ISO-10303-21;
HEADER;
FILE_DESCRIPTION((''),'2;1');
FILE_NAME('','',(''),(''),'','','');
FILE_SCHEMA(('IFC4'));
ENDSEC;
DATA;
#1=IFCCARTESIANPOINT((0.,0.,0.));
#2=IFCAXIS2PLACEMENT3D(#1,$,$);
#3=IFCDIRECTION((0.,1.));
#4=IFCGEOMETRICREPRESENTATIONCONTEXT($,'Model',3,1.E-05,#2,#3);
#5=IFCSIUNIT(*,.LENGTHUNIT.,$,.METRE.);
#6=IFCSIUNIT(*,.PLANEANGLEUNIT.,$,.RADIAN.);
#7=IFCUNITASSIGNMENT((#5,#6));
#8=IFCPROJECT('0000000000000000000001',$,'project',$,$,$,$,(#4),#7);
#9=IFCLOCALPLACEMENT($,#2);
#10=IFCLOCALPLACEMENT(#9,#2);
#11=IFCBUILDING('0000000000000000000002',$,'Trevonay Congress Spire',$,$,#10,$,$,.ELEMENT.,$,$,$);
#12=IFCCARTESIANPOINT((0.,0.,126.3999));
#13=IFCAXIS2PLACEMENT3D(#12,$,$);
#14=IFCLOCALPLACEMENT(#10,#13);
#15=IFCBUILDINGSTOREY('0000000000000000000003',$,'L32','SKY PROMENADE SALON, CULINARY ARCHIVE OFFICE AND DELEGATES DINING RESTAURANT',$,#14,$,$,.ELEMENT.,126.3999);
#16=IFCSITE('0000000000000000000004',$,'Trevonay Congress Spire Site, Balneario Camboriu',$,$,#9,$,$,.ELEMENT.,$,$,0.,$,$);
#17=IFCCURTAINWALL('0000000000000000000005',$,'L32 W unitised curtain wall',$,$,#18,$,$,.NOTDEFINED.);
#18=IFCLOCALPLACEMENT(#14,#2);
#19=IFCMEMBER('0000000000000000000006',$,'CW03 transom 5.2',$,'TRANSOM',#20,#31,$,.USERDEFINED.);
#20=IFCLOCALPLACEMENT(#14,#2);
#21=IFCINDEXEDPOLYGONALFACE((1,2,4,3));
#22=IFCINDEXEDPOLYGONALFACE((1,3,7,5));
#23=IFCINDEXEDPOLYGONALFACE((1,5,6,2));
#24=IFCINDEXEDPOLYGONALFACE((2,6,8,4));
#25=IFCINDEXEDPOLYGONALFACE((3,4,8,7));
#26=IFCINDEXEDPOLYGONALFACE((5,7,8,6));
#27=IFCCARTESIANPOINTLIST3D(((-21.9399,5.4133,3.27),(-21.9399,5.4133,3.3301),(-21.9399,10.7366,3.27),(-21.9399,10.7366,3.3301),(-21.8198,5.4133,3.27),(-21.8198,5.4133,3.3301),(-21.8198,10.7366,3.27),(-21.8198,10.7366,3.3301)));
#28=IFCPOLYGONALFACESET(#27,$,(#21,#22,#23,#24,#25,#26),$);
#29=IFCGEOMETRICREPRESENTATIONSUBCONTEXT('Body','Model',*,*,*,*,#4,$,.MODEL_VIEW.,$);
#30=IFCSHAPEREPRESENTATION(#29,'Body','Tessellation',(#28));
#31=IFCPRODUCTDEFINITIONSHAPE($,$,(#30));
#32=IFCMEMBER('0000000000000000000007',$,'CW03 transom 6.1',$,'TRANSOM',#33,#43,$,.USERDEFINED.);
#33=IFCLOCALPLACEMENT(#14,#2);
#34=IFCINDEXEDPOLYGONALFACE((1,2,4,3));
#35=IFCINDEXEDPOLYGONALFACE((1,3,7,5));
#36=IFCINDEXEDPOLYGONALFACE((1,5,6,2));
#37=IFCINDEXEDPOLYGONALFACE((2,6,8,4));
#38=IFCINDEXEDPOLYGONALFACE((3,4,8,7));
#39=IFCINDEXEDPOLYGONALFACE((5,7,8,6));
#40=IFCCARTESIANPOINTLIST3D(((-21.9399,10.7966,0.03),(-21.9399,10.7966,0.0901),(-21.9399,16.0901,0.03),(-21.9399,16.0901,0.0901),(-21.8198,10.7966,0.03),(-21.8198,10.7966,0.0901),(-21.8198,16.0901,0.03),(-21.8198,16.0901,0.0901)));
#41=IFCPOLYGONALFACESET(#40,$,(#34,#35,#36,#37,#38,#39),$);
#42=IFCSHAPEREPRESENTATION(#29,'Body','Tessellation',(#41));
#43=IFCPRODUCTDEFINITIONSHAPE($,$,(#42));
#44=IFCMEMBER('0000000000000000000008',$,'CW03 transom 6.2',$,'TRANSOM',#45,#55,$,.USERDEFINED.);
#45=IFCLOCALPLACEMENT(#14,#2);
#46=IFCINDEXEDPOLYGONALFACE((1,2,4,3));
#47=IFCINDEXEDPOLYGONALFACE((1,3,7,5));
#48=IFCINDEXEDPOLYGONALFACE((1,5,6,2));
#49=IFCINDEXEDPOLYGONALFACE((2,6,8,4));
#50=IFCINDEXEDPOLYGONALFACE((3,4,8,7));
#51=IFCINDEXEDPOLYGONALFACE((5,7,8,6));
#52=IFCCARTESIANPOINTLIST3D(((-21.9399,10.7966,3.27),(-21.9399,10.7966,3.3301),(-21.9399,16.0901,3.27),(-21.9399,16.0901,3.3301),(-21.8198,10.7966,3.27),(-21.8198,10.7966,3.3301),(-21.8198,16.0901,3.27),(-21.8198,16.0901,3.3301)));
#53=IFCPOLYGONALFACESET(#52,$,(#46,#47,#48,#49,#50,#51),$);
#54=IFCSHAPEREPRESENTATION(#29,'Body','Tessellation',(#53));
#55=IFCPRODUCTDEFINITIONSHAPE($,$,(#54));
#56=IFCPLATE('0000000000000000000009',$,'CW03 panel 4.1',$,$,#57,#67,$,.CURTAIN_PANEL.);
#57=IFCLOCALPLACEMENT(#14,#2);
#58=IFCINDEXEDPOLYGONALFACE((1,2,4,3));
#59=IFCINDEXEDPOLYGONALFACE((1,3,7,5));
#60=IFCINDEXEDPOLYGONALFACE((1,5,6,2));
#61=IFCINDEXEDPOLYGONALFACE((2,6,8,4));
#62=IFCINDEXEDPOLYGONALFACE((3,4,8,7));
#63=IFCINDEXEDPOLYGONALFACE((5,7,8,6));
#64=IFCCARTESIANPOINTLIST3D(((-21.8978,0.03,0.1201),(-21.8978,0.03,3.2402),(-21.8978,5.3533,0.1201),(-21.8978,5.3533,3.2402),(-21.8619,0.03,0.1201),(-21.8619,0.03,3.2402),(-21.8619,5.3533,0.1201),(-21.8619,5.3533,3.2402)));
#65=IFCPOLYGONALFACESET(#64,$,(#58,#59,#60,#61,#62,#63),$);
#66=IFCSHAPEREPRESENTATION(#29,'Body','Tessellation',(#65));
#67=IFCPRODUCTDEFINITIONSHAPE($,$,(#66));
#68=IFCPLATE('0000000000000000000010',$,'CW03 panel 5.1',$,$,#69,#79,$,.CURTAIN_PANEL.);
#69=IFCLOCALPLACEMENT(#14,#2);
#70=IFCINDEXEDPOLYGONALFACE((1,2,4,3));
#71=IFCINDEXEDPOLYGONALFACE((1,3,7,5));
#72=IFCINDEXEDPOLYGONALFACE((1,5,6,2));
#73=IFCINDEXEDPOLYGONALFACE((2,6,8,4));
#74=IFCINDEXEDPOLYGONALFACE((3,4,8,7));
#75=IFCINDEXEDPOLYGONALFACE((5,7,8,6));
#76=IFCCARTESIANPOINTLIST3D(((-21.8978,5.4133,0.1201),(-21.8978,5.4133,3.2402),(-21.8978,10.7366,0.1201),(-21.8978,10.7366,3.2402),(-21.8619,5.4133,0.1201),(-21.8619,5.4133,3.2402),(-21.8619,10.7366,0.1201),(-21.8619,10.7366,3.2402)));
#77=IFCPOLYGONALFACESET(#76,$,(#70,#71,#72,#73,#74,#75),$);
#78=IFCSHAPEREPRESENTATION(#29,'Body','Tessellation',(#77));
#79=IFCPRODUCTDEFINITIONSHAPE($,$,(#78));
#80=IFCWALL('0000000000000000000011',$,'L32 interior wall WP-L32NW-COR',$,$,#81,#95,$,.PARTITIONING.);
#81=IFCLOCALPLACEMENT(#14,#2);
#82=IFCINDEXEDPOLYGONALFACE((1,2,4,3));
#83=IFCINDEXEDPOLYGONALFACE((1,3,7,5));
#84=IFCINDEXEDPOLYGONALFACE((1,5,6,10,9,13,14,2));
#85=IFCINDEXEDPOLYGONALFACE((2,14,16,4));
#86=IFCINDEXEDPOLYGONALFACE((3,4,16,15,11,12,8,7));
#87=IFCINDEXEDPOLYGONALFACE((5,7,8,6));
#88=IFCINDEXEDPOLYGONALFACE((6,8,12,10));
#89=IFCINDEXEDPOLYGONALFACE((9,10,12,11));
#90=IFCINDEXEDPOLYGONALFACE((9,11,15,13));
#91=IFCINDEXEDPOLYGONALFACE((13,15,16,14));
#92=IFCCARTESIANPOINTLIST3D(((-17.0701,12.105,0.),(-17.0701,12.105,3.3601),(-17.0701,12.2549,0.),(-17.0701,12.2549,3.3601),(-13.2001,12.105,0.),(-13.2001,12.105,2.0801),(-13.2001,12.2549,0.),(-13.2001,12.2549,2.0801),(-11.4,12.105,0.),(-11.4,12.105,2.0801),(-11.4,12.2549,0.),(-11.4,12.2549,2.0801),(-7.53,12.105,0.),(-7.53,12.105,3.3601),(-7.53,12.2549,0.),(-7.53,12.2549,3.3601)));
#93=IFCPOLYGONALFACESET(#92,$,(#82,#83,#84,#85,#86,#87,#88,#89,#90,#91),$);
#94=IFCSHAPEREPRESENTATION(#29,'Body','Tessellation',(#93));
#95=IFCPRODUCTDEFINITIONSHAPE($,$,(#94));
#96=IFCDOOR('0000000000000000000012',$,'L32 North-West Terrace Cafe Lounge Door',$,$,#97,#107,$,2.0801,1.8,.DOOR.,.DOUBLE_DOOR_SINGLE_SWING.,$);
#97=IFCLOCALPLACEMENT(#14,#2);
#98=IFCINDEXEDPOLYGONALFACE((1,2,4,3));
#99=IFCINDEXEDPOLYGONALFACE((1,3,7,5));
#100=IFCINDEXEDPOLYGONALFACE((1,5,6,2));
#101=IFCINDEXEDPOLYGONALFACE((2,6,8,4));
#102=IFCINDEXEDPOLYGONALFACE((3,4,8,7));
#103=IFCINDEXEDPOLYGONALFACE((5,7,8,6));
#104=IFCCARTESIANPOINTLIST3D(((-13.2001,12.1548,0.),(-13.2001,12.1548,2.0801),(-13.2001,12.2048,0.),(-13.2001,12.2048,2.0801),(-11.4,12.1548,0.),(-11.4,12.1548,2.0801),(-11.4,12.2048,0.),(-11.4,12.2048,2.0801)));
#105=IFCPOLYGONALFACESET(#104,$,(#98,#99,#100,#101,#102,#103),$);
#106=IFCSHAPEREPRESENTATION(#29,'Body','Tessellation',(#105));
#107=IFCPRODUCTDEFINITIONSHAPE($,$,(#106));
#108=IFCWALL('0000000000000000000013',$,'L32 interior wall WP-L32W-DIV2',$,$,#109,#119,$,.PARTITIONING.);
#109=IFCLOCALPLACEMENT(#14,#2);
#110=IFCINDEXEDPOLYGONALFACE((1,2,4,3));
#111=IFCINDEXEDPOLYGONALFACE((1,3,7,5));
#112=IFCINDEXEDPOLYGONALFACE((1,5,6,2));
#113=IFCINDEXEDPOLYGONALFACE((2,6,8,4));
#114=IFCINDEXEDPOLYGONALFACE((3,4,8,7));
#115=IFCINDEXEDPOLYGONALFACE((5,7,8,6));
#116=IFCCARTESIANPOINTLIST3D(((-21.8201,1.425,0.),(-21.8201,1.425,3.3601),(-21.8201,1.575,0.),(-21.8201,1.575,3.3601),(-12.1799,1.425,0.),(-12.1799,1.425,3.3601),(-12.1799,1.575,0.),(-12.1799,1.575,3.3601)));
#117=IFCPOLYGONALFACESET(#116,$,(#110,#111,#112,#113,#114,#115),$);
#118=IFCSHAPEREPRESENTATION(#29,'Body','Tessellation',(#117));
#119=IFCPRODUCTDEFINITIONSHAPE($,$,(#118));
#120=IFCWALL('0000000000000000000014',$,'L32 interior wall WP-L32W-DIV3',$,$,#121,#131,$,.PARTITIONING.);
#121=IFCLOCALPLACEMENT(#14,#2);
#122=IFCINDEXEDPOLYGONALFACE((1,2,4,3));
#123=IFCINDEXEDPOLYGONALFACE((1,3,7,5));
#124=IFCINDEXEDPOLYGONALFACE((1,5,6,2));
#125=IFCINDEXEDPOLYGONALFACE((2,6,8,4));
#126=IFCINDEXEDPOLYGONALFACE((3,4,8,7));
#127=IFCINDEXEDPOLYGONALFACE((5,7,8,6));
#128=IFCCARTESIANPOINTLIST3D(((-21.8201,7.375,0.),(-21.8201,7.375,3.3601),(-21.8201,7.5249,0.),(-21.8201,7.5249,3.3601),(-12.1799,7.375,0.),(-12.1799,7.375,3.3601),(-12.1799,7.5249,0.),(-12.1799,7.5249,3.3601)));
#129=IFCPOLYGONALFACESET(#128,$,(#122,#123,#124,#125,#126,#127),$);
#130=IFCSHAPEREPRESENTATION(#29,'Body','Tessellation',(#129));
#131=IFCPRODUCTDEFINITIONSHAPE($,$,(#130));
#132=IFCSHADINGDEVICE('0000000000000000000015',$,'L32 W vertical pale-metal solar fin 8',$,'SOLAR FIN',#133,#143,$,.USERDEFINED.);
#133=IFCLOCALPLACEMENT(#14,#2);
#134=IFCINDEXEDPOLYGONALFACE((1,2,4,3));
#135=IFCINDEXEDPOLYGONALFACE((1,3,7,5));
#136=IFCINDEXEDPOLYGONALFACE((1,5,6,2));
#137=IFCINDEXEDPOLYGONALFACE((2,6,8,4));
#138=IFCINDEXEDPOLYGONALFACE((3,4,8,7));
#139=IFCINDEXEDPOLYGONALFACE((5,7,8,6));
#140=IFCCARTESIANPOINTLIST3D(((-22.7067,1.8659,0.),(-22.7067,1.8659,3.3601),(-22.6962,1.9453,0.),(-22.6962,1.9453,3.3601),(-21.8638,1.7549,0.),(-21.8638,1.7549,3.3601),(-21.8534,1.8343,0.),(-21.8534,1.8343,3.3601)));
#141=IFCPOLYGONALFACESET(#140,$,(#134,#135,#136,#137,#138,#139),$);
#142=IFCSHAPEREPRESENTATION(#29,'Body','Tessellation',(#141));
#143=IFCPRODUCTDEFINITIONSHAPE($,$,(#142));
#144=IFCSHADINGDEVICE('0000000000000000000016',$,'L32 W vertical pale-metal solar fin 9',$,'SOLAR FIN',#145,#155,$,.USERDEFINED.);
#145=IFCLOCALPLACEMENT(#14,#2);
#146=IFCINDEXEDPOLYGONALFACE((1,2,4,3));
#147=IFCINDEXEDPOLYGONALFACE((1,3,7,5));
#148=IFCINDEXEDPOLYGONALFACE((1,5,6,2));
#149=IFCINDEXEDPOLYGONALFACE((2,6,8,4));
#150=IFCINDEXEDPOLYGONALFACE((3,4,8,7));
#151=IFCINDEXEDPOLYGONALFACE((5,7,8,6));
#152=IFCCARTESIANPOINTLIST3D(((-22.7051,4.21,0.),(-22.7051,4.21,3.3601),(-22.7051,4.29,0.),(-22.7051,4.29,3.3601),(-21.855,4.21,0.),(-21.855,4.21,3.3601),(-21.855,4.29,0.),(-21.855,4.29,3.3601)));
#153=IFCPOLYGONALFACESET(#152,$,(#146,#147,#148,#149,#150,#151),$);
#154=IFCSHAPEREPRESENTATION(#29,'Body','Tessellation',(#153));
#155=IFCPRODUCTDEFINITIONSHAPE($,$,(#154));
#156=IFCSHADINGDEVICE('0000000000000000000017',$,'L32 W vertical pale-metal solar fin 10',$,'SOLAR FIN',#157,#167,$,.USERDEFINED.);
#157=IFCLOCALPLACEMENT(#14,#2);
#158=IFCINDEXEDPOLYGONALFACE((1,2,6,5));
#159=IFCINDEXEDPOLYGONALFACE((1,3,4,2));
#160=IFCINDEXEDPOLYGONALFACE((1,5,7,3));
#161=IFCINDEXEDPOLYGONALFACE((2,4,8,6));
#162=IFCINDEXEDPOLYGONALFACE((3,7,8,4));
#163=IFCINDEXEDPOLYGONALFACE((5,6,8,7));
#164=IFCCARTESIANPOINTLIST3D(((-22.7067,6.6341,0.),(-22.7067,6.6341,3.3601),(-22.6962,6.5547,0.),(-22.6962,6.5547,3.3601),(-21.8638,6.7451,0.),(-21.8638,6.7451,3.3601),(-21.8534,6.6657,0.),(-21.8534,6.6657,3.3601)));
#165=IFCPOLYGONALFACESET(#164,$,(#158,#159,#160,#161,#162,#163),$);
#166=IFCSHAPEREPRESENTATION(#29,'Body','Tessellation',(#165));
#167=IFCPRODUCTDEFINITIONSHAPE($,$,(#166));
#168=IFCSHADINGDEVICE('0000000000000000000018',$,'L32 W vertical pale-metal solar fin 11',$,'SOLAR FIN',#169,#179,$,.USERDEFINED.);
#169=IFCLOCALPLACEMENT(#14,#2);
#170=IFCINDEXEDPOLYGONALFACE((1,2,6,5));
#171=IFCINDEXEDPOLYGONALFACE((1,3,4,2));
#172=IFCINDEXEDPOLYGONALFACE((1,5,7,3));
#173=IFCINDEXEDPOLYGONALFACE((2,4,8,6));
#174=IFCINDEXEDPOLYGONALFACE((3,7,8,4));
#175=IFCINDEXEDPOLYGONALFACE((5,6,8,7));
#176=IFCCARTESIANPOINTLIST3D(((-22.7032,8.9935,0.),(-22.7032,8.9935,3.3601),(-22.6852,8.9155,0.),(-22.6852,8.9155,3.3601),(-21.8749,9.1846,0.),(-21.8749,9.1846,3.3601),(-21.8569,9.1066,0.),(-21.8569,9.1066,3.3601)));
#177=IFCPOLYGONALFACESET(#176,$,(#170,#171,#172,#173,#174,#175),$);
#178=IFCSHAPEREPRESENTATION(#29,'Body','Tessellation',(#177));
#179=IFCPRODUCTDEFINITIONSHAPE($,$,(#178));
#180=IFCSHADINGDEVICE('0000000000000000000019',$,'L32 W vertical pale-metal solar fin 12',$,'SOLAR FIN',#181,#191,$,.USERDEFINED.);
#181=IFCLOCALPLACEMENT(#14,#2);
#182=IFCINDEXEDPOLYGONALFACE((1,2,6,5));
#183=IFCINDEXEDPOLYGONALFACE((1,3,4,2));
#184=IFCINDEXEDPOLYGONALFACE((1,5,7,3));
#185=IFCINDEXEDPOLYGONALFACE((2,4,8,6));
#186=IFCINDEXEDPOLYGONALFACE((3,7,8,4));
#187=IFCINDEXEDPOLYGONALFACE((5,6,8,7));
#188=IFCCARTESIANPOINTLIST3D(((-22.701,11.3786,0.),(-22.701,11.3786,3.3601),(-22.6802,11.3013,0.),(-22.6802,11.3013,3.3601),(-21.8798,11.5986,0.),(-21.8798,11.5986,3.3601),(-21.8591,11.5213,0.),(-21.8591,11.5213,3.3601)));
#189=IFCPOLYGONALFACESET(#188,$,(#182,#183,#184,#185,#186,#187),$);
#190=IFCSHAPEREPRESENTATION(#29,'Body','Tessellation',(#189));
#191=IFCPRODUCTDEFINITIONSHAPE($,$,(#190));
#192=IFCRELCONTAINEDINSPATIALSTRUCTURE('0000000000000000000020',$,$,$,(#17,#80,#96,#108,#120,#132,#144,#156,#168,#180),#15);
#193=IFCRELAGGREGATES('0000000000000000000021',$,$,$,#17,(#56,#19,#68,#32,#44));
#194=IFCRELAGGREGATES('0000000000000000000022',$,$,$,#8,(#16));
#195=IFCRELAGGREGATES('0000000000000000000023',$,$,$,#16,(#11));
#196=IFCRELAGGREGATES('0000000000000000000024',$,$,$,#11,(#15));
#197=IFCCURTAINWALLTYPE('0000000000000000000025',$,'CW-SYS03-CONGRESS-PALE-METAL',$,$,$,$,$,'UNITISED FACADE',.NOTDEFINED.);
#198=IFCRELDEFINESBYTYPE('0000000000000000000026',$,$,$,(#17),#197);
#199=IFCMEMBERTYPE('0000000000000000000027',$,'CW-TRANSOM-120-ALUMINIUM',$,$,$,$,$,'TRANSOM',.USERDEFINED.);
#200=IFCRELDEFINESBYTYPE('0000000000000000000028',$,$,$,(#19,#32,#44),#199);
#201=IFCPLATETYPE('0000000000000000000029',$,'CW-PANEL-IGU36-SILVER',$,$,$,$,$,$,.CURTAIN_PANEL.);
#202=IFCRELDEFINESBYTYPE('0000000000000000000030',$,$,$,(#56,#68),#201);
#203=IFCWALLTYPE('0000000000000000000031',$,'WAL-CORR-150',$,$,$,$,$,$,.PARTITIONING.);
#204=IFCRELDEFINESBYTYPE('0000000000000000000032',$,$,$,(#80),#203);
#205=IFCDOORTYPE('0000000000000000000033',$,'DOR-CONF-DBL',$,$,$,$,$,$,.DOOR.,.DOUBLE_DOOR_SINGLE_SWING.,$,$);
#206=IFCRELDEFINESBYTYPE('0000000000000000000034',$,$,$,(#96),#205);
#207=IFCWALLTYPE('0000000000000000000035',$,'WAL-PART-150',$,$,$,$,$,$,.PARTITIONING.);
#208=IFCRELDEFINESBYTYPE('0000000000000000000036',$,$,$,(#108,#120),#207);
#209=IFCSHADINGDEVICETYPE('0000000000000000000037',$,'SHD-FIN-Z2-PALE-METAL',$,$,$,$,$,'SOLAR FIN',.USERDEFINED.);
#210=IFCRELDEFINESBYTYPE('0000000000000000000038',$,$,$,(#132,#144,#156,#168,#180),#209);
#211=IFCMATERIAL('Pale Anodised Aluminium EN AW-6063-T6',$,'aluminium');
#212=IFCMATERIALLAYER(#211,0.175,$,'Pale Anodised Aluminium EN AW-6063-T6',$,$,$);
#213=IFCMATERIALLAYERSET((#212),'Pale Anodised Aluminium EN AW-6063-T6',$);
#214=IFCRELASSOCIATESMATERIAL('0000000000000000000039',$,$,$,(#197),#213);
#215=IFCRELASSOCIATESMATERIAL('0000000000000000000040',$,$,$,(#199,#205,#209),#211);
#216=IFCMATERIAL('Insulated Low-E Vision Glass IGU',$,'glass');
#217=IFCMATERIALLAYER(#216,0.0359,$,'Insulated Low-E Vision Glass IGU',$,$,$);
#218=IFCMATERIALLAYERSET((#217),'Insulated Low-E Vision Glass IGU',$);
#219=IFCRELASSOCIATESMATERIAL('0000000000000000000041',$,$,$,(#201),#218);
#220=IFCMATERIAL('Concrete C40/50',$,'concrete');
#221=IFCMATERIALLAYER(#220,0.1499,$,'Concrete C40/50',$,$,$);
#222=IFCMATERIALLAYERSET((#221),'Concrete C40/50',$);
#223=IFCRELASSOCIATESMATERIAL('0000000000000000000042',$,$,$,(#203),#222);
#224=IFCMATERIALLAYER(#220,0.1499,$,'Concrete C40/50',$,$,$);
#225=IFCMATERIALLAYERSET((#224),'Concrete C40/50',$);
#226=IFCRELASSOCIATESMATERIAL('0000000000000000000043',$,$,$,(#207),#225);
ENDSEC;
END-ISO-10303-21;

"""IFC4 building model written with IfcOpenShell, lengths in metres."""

from ifc_helpers import new_model, si_unit, direction, frame, frame_2d, origin, origin_2d, place, context, subcontext, project, spatial, rectangle, extrude, material, layer, layer_set, material_profile, profile_set, type_object, element, fill, aggregate, save


model = new_model("IFC4")

# Units and contexts
model_context = context("Model", 3, precision=1e-05, world=origin(), true_north=direction((0.0, 1.0)))
body_context = subcontext(model_context, "Body", "Model", "MODEL_VIEW")
ifc_project = project(units=[si_unit("LENGTHUNIT", "METRE"), si_unit("PLANEANGLEUNIT", "RADIAN")], contexts=[model_context])

# Site, building, storey
site_placement = place(None, origin())
site = spatial("IfcSite", under=ifc_project, at=site_placement, Name="Trevonay Congress Spire Site, Balneario Camboriu", CompositionType="ELEMENT", RefElevation=0.0)
building_placement = place(site_placement, origin())
building = spatial("IfcBuilding", under=site, at=building_placement, Name="Trevonay Congress Spire", CompositionType="ELEMENT")
storey_placement = place(building_placement, frame((0.0, 0.0, 126.3999)))
storey = spatial("IfcBuildingStorey", under=building, at=storey_placement, Name="L32", Description="SKY PROMENADE SALON, CULINARY ARCHIVE OFFICE AND DELEGATES DINING RESTAURANT", CompositionType="ELEMENT", Elevation=126.3999)

# Curtain wall, members, plates
ifc_material_1 = material(Name="Pale Anodised Aluminium EN AW-6063-T6", Category="aluminium")
ifc_layer_1 = layer(ifc_material_1, 0.175, Name="Pale Anodised Aluminium EN AW-6063-T6")
ifc_layer_set_1 = layer_set([ifc_layer_1], Name="Pale Anodised Aluminium EN AW-6063-T6")
curtain_wall_type = type_object("IfcCurtainWallType", Name="CW-SYS03-CONGRESS-PALE-METAL", ElementType="UNITISED FACADE", PredefinedType="NOTDEFINED", material=ifc_layer_set_1)
curtain_wall_placement = place(storey_placement, origin())
curtain_wall = element("IfcCurtainWall", 1, at=curtain_wall_placement, inside=storey, type_object=curtain_wall_type, Name="L32 W unitised curtain wall", PredefinedType="NOTDEFINED")
ifc_material_profile_1 = material_profile(ifc_material_1, rectangle(XDim=0.1201, YDim=0.0601, at=origin_2d()), Name="CW-TRANSOM-120-ALUMINIUM")
ifc_profile_set_1 = profile_set([ifc_material_profile_1], Name="Pale Anodised Aluminium EN AW-6063-T6")
member_type_1 = type_object("IfcMemberType", Name="CW-TRANSOM-120-ALUMINIUM", ElementType="TRANSOM", PredefinedType="USERDEFINED", material=ifc_profile_set_1)
member_1_placement = place(storey_placement, frame((-21.8799, 5.4133, 3.3), z_axis=(0.0, 1.0, 0.0), x_axis=(-1.0, 0.0, 0.0)))
member_1 = element("IfcMember", 2, at=member_1_placement, type_object=member_type_1, Name="CW03 transom 5.2", ObjectType="TRANSOM", PredefinedType="USERDEFINED", context=body_context, shape_type="SweptSolid", body=[
    extrude(rectangle(XDim=0.1201, YDim=0.0601, at=origin_2d()), origin(), (0.0, 0.0, 1.0), 5.3232),
])
member_2_placement = place(storey_placement, frame((-21.8799, 10.7966, 0.0601), z_axis=(0.0, 1.0, 0.0), x_axis=(-1.0, 0.0, 0.0)))
member_2 = element("IfcMember", 3, at=member_2_placement, type_object=member_type_1, Name="CW03 transom 6.1", ObjectType="TRANSOM", PredefinedType="USERDEFINED", context=body_context, shape_type="SweptSolid", body=[
    extrude(rectangle(XDim=0.1201, YDim=0.0601, at=origin_2d()), origin(), (0.0, 0.0, 1.0), 5.2935),
])
member_3_placement = place(storey_placement, frame((-21.8799, 10.7966, 3.3), z_axis=(0.0, 1.0, 0.0), x_axis=(-1.0, 0.0, 0.0)))
member_3 = element("IfcMember", 4, at=member_3_placement, type_object=member_type_1, Name="CW03 transom 6.2", ObjectType="TRANSOM", PredefinedType="USERDEFINED", context=body_context, shape_type="SweptSolid", body=[
    extrude(rectangle(XDim=0.1201, YDim=0.0601, at=origin_2d()), origin(), (0.0, 0.0, 1.0), 5.2935),
])
ifc_material_2 = material(Name="Insulated Low-E Vision Glass IGU", Category="glass")
ifc_layer_2 = layer(ifc_material_2, 0.0359, Name="Insulated Low-E Vision Glass IGU")
ifc_layer_set_2 = layer_set([ifc_layer_2], Name="Insulated Low-E Vision Glass IGU")
plate_type = type_object("IfcPlateType", Name="CW-PANEL-IGU36-SILVER", PredefinedType="CURTAIN_PANEL", material=ifc_layer_set_2)
plate_1_placement = place(storey_placement, frame((-21.8799, 2.6917, 0.1201), z_axis=(0.0, 0.0, 1.0), x_axis=(0.0, 1.0, 0.0)))
plate_1 = element("IfcPlate", 5, at=plate_1_placement, type_object=plate_type, Name="CW03 panel 4.1", PredefinedType="CURTAIN_PANEL", context=body_context, shape_type="SweptSolid", body=[
    extrude(rectangle(XDim=5.3232, YDim=0.0359, at=origin_2d()), origin(), (0.0, 0.0, 1.0), 3.1201),
])
plate_2_placement = place(storey_placement, frame((-21.8799, 8.075, 0.1201), z_axis=(0.0, 0.0, 1.0), x_axis=(0.0, 1.0, 0.0)))
plate_2 = element("IfcPlate", 6, at=plate_2_placement, type_object=plate_type, Name="CW03 panel 5.1", PredefinedType="CURTAIN_PANEL", context=body_context, shape_type="SweptSolid", body=[
    extrude(rectangle(XDim=5.3232, YDim=0.0359, at=origin_2d()), origin(), (0.0, 0.0, 1.0), 3.1201),
])
aggregate(curtain_wall, [plate_1, member_1, plate_2, member_2, member_3])

# Wall, opening, door
ifc_material_3 = material(Name="Concrete C40/50", Category="concrete")
ifc_layer_3 = layer(ifc_material_3, 0.1499, Name="Concrete C40/50")
ifc_layer_set_3 = layer_set([ifc_layer_3], Name="Concrete C40/50")
wall_type_1 = type_object("IfcWallType", Name="WAL-CORR-150", PredefinedType="PARTITIONING", material=ifc_layer_set_3)
wall_placement = place(storey_placement, frame((-17.0701, 12.1799, 0.0), z_axis=(0.0, 0.0, 1.0), x_axis=(1.0, 0.0, 0.0)))
wall = element("IfcWall", 7, at=wall_placement, inside=storey, type_object=wall_type_1, Name="L32 interior wall WP-L32NW-COR", PredefinedType="PARTITIONING", context=body_context, shape_type="SweptSolid", body=[
    extrude(rectangle(XDim=9.54, YDim=0.1499, at=frame_2d((4.77, 0.0))), origin(), (0.0, 0.0, 1.0), 3.3601),
])
opening_placement = place(wall_placement, frame((3.8701, 0.0, 0.0)))
opening = element("IfcOpeningElement", 8, at=opening_placement, cuts=wall, PredefinedType="OPENING", context=body_context, shape_type="SweptSolid", body=[
    extrude(rectangle(XDim=1.8, YDim=2.0801, at=frame_2d((0.8999, 1.04))), frame((0.0, 0.085, 0.0), z_axis=(0.0, -1.0, 0.0), x_axis=(1.0, 0.0, 0.0)), (0.0, 0.0, 1.0), 0.1699),
])
door_type = type_object("IfcDoorType", Name="DOR-CONF-DBL", OperationType="DOUBLE_DOOR_SINGLE_SWING", PredefinedType="DOOR", material=ifc_material_1)
door_placement = place(opening_placement, origin())
door = element("IfcDoor", 9, at=door_placement, inside=storey, type_object=door_type, Name="L32 North-West Terrace Cafe Lounge Door", OperationType="DOUBLE_DOOR_SINGLE_SWING", OverallHeight=2.0801, OverallWidth=1.8, PredefinedType="DOOR", context=body_context, shape_type="SweptSolid", body=[
    extrude(rectangle(XDim=1.8, YDim=2.0801, at=frame_2d((0.8999, 1.04))), frame((0.0, 0.0249, 0.0), z_axis=(0.0, -1.0, 0.0), x_axis=(1.0, 0.0, 0.0)), (0.0, 0.0, 1.0), 0.05),
])
fill(opening, door)

# Walls
ifc_layer_4 = layer(ifc_material_3, 0.1499, Name="Concrete C40/50")
ifc_layer_set_4 = layer_set([ifc_layer_4], Name="Concrete C40/50")
wall_type_2 = type_object("IfcWallType", Name="WAL-PART-150", PredefinedType="PARTITIONING", material=ifc_layer_set_4)
for number, where, z_axis, x_axis, name in (
    (10, (-21.8201, 1.5, 0.0), (0.0, 0.0, 1.0), (1.0, 0.0, 0.0), "L32 interior wall WP-L32W-DIV2"),
    (11, (-21.8201, 7.45, 0.0), (0.0, 0.0, 1.0), (1.0, 0.0, 0.0), "L32 interior wall WP-L32W-DIV3"),
):
    element("IfcWall", number, at=place(storey_placement, frame(where, z_axis=z_axis, x_axis=x_axis)), inside=storey, type_object=wall_type_2, Name=name, PredefinedType="PARTITIONING", context=body_context, shape_type="SweptSolid", body=[
        extrude(rectangle(XDim=9.6401, YDim=0.1499, at=frame_2d((4.8201, 0.0))), origin(), (0.0, 0.0, 1.0), 3.3601),
    ])

# Shading devices
shading_device_type = type_object("IfcShadingDeviceType", Name="SHD-FIN-Z2-PALE-METAL", ElementType="SOLAR FIN", PredefinedType="USERDEFINED", material=ifc_material_1)
for number, where, z_axis, x_axis, name in (
    (12, (-22.28, 1.8501, 0.0), (0.0, 0.0, 1.0), (0.130526, 0.991445, 0.0), "L32 W vertical pale-metal solar fin 8"),
    (13, (-22.28, 4.25, 0.0), (0.0, 0.0, 1.0), (0.0, 1.0, 0.0), "L32 W vertical pale-metal solar fin 9"),
    (14, (-22.28, 6.6499, 0.0), (0.0, 0.0, 1.0), (-0.130526, 0.991445, 0.0), "L32 W vertical pale-metal solar fin 10"),
    (15, (-22.28, 9.05, 0.0), (0.0, 0.0, 1.0), (-0.224781, 0.974409, 0.0), "L32 W vertical pale-metal solar fin 11"),
    (16, (-22.28, 11.45, 0.0), (0.0, 0.0, 1.0), (-0.258819, 0.965926, 0.0), "L32 W vertical pale-metal solar fin 12"),
):
    element("IfcShadingDevice", number, at=place(storey_placement, frame(where, z_axis=z_axis, x_axis=x_axis)), inside=storey, type_object=shading_device_type, Name=name, ObjectType="SOLAR FIN", PredefinedType="USERDEFINED", context=body_context, shape_type="SweptSolid", body=[
        extrude(rectangle(XDim=0.0801, YDim=0.8501, at=origin_2d()), origin(), (0.0, 0.0, 1.0), 3.3601),
    ])

save(model, "model.ifc")
